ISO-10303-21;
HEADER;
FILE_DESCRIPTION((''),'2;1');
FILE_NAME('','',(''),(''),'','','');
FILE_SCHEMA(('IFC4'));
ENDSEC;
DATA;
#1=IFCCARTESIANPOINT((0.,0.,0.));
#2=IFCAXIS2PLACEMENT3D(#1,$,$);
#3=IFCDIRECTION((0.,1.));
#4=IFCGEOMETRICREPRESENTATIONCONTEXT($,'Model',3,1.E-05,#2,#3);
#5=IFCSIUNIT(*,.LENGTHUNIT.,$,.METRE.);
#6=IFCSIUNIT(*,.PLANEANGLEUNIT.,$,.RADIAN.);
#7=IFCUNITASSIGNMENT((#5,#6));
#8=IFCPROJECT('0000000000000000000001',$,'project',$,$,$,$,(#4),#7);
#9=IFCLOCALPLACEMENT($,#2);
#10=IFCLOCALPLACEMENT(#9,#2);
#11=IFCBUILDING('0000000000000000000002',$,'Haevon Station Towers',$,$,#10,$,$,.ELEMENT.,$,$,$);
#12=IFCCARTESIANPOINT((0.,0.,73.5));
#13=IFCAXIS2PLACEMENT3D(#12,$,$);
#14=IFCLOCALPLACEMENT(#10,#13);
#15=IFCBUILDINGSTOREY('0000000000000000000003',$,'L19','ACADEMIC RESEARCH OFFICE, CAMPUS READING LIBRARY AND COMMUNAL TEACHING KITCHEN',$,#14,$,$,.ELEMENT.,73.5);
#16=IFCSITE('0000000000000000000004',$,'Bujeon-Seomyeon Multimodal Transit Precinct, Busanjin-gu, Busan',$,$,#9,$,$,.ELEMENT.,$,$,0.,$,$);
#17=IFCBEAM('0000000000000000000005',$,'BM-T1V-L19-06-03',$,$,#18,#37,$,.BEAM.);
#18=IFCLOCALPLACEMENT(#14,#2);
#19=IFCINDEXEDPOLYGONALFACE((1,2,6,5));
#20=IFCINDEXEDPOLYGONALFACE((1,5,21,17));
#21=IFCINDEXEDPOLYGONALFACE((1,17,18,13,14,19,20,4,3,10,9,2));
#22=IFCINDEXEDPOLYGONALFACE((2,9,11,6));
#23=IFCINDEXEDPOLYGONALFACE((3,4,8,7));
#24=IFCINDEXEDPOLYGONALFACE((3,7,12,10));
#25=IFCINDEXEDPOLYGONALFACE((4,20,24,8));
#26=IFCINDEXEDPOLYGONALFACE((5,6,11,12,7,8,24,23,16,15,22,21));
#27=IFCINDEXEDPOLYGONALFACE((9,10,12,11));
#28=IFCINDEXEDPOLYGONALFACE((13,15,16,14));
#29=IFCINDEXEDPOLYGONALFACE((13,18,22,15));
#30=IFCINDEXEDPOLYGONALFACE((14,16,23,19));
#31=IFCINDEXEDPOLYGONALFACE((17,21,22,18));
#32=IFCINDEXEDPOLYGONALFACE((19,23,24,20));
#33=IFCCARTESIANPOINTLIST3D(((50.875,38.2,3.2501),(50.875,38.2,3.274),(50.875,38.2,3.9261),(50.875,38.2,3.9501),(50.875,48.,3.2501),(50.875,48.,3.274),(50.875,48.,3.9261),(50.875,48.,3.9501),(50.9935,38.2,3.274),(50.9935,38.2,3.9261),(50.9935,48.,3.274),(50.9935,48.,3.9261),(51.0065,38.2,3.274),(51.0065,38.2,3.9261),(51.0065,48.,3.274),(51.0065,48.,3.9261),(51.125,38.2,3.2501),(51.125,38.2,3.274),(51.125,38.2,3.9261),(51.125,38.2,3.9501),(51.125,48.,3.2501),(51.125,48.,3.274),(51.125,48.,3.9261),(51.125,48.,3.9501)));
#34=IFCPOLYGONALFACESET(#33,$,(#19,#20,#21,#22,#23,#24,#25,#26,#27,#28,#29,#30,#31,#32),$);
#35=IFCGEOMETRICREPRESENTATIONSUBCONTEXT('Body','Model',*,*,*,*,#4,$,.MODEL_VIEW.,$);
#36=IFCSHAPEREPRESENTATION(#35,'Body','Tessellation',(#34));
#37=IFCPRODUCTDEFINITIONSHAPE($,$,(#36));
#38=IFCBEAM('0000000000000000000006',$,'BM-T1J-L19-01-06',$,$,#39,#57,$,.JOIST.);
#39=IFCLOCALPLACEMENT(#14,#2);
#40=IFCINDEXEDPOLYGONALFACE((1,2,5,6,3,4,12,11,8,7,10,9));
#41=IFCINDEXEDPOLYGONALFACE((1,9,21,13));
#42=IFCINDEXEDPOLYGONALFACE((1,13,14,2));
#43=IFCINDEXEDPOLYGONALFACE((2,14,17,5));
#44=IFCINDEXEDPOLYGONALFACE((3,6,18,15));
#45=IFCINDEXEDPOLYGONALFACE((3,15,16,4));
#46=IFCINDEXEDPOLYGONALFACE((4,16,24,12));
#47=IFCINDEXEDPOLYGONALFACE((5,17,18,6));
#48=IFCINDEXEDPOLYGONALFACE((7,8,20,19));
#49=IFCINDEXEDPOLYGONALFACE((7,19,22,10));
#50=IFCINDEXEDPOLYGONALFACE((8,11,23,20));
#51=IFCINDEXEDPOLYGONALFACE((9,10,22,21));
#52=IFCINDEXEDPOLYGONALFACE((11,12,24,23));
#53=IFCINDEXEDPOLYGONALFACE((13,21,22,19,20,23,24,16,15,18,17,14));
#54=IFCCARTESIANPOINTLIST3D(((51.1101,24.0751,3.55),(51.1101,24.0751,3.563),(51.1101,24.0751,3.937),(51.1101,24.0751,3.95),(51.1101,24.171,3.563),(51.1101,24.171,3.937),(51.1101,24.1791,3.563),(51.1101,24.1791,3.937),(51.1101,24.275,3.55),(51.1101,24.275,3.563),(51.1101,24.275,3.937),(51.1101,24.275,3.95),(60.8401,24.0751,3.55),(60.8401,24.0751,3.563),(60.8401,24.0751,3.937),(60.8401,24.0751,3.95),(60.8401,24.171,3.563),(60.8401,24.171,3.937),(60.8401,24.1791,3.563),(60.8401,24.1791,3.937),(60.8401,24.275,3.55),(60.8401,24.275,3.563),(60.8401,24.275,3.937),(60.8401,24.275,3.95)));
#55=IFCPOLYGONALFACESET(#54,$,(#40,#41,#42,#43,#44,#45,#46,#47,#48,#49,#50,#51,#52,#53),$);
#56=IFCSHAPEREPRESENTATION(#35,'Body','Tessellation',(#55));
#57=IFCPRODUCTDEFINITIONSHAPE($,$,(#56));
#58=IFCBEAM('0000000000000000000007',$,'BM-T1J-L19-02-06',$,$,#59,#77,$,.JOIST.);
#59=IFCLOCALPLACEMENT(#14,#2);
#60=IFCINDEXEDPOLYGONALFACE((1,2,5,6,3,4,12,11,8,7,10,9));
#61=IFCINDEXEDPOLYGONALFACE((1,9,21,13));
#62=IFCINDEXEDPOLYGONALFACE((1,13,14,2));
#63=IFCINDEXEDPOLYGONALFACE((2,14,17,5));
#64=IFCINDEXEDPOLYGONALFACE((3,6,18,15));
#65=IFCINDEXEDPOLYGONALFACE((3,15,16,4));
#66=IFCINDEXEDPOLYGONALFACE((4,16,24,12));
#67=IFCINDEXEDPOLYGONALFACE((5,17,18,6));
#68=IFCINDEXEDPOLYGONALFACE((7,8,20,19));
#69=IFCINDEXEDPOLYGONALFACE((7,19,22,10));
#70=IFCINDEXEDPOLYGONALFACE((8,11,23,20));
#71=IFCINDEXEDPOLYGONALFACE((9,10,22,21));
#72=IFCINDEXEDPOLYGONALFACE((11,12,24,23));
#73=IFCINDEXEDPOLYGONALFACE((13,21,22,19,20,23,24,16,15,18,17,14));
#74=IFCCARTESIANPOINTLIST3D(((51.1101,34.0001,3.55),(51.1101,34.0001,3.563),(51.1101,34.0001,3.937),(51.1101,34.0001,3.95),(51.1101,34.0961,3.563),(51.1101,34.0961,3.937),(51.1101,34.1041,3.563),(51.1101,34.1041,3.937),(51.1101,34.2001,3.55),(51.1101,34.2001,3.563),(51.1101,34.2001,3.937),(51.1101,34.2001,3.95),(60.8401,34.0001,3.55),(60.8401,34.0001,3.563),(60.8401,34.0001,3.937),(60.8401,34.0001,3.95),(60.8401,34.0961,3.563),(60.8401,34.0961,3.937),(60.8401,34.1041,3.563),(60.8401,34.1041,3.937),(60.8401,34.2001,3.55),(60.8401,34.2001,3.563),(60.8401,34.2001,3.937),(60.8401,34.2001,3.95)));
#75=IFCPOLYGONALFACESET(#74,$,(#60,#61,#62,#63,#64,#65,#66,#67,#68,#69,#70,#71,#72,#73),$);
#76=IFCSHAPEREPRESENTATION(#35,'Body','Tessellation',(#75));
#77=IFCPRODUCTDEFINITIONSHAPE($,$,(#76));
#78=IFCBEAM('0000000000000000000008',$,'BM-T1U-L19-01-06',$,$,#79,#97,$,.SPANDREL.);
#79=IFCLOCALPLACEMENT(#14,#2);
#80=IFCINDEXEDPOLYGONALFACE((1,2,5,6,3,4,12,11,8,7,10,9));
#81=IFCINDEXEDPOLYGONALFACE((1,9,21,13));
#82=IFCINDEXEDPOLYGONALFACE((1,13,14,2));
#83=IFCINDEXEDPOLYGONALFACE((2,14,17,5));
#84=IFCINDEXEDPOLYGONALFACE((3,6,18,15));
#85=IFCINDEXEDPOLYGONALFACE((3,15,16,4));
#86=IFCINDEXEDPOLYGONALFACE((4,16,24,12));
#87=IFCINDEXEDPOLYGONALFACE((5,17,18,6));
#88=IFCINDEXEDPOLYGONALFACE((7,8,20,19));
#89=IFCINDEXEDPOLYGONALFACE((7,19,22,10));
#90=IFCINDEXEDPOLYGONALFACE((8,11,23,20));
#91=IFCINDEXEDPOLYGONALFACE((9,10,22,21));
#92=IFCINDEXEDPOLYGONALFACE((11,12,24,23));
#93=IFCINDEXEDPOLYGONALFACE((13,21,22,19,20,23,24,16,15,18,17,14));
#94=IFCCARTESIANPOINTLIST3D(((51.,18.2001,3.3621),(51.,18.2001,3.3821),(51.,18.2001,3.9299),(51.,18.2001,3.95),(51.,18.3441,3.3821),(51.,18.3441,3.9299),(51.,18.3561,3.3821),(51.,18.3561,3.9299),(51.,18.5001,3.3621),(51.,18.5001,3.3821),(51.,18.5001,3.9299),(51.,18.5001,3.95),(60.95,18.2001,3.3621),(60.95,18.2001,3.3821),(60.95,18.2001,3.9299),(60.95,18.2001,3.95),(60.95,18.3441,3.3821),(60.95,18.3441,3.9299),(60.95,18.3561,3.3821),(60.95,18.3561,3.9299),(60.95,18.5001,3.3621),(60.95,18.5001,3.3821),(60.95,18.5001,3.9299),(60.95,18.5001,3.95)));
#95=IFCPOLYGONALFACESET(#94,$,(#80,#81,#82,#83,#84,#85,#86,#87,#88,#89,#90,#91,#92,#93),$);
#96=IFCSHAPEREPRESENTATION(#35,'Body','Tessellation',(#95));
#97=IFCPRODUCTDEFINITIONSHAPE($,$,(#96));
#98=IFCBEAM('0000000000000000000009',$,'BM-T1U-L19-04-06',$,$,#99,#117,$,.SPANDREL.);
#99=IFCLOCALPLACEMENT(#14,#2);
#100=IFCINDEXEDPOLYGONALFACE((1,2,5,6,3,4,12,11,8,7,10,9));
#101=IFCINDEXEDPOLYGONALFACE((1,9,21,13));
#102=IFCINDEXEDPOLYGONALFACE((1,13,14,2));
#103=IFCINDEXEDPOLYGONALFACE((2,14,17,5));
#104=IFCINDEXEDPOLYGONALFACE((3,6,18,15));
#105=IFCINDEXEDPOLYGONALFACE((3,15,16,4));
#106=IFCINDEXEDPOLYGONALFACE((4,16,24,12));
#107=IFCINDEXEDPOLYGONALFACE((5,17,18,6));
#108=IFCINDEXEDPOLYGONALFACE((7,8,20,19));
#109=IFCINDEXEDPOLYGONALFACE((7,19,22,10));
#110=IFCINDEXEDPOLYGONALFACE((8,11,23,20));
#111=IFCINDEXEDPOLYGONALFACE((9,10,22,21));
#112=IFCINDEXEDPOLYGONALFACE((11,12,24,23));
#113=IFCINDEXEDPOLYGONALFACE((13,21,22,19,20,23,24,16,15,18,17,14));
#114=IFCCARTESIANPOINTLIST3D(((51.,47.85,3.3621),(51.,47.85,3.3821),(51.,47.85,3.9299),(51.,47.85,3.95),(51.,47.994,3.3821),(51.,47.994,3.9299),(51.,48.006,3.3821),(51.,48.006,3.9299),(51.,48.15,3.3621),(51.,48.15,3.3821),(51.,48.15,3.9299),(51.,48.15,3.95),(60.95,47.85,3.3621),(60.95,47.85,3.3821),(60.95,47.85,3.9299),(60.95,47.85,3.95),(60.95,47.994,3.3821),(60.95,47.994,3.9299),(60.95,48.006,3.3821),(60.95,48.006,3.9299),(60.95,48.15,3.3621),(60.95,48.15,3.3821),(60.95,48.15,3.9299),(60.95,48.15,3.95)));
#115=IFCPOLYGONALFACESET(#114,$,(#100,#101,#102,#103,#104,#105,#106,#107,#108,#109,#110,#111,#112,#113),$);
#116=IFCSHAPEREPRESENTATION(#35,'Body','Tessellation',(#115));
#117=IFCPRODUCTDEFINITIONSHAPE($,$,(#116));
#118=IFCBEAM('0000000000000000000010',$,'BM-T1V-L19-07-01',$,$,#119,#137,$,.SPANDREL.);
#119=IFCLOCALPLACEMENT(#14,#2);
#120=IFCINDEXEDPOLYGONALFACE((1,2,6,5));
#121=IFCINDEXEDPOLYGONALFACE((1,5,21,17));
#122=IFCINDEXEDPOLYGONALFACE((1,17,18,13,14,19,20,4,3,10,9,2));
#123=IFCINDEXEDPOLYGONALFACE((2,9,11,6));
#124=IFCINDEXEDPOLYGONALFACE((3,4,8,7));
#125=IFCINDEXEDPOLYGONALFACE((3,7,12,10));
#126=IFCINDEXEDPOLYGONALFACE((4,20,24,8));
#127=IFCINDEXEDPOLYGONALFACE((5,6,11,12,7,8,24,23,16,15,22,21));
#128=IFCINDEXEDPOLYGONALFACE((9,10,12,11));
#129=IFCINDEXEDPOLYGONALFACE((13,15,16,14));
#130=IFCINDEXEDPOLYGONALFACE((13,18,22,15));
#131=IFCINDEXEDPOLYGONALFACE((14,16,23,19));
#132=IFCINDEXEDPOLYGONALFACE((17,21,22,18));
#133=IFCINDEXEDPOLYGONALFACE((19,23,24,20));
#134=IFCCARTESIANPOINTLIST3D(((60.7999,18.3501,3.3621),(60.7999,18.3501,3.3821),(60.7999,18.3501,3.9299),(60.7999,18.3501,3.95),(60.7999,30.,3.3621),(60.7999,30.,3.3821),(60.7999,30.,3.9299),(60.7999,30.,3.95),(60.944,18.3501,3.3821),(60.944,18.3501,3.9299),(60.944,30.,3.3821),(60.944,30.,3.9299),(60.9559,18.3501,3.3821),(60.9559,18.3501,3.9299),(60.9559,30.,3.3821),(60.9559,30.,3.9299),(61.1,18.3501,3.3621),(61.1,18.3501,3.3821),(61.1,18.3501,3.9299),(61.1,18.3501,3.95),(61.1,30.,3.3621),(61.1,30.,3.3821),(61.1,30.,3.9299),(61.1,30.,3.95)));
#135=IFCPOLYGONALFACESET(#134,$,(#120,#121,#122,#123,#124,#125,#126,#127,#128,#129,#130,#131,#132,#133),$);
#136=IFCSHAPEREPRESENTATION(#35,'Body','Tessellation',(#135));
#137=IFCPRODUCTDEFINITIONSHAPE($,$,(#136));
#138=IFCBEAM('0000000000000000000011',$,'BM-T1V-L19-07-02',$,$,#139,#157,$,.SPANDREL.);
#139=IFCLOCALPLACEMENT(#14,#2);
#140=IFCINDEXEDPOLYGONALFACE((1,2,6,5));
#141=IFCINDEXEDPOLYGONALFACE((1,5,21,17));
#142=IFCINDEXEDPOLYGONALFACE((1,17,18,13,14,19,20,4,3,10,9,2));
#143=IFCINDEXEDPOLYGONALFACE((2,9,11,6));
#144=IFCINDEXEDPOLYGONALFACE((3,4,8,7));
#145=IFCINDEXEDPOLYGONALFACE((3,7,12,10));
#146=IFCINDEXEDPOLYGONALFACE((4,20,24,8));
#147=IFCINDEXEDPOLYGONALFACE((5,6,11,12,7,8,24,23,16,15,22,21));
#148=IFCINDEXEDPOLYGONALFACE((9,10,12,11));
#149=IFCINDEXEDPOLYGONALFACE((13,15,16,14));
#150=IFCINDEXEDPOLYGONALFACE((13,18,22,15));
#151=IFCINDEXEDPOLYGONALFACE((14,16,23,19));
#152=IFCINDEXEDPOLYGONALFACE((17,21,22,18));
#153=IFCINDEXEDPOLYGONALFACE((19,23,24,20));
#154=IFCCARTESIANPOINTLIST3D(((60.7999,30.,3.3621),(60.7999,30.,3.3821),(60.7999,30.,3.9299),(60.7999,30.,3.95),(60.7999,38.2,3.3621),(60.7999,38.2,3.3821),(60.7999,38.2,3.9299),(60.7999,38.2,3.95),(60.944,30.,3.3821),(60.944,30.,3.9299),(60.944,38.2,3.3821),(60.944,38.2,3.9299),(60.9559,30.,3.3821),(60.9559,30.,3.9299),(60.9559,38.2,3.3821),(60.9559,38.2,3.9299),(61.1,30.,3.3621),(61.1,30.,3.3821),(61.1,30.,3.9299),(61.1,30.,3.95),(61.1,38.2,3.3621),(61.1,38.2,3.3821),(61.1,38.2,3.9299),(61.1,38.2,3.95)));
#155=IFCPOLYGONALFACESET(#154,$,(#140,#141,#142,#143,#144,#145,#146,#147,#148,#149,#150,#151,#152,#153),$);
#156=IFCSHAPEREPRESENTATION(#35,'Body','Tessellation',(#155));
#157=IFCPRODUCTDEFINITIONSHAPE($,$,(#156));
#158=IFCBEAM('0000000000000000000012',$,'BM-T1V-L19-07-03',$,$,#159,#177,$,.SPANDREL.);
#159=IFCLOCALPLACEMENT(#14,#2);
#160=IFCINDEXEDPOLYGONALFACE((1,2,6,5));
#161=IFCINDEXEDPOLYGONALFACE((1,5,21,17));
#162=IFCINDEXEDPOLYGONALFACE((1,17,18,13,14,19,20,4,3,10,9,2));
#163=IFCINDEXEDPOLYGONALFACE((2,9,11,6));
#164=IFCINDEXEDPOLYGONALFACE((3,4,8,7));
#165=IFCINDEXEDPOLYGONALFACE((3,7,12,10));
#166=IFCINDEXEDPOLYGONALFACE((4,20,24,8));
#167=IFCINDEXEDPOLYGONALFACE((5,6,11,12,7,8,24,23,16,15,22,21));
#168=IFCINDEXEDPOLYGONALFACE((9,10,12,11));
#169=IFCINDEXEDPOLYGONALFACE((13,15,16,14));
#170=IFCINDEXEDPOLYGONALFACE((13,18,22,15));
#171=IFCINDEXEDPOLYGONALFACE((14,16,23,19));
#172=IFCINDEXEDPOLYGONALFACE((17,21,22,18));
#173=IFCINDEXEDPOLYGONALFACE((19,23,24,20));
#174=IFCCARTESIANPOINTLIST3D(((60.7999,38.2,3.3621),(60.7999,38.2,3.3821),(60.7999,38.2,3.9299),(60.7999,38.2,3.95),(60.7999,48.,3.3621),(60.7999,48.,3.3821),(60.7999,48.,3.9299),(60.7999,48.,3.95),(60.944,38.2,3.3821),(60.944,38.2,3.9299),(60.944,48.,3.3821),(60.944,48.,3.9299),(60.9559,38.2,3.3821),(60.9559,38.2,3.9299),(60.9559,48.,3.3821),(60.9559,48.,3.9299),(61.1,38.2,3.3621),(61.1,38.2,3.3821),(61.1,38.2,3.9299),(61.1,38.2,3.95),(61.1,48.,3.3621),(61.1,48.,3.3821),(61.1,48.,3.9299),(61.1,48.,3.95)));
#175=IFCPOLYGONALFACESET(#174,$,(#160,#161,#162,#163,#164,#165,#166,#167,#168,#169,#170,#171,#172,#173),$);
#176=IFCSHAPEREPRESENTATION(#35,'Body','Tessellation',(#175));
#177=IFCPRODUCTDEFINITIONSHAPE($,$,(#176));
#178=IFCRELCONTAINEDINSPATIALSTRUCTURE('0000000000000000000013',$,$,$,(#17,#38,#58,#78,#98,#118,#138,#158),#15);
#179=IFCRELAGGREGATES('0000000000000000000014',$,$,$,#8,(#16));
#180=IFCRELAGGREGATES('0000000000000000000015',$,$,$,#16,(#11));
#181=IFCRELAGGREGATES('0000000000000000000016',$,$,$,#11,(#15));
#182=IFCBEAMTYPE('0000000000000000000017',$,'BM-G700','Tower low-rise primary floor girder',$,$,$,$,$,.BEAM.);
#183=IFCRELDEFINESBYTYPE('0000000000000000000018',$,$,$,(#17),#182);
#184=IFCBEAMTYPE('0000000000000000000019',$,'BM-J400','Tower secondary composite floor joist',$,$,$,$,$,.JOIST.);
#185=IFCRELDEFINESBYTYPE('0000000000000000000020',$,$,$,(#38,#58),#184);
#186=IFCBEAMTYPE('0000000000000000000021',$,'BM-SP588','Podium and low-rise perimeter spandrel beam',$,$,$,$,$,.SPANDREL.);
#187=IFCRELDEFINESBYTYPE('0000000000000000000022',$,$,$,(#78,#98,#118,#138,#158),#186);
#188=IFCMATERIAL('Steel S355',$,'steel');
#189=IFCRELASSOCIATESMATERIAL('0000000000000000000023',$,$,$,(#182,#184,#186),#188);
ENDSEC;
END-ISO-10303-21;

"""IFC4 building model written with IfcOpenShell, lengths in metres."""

from ifc_helpers import new_model, si_unit, direction, frame, origin, origin_2d, place, context, subcontext, project, spatial, i_section, extrude, material, material_profile, profile_set, type_object, element, save


model = new_model("IFC4")

# Units and contexts
model_context = context("Model", 3, precision=1e-05, world=origin(), true_north=direction((0.0, 1.0)))
body_context = subcontext(model_context, "Body", "Model", "MODEL_VIEW")
ifc_project = project(units=[si_unit("LENGTHUNIT", "METRE"), si_unit("PLANEANGLEUNIT", "RADIAN")], contexts=[model_context])

# Site, building, storey
site_placement = place(None, origin())
site = spatial("IfcSite", under=ifc_project, at=site_placement, Name="Bujeon-Seomyeon Multimodal Transit Precinct, Busanjin-gu, Busan", CompositionType="ELEMENT", RefElevation=0.0)
building_placement = place(site_placement, origin())
building = spatial("IfcBuilding", under=site, at=building_placement, Name="Haevon Station Towers", CompositionType="ELEMENT")
storey_placement = place(building_placement, frame((0.0, 0.0, 73.5)))
storey = spatial("IfcBuildingStorey", under=building, at=storey_placement, Name="L19", Description="ACADEMIC RESEARCH OFFICE, CAMPUS READING LIBRARY AND COMMUNAL TEACHING KITCHEN", CompositionType="ELEMENT", Elevation=73.5)

# Beams
ifc_material_1 = material(Name="Steel S355", Category="steel")
ifc_material_profile_1 = material_profile(ifc_material_1, i_section(OverallWidth=0.25, OverallDepth=0.7, WebThickness=0.0129, FlangeThickness=0.0239, at=origin_2d()), Name="H-700x250x13x24")
ifc_profile_set_1 = profile_set([ifc_material_profile_1], Name="Steel S355")
beam_type_1 = type_object("IfcBeamType", Name="BM-G700", Description="Tower low-rise primary floor girder", PredefinedType="BEAM", material=ifc_profile_set_1)
beam_1_placement = place(storey_placement, frame((51.0, 38.2, 3.6001), z_axis=(0.0, 1.0, 0.0), x_axis=(-1.0, 0.0, 0.0)))
element("IfcBeam", 1, at=beam_1_placement, inside=storey, type_object=beam_type_1, Name="BM-T1V-L19-06-03", PredefinedType="BEAM", context=body_context, shape_type="SweptSolid", body=[
    extrude(i_section(OverallWidth=0.25, OverallDepth=0.7, WebThickness=0.0129, FlangeThickness=0.0239, at=origin_2d()), origin(), (0.0, 0.0, 1.0), 9.8),
])
ifc_material_profile_2 = material_profile(ifc_material_1, i_section(OverallWidth=0.2, OverallDepth=0.3999, WebThickness=0.0081, FlangeThickness=0.0129, at=origin_2d()), Name="H-400x200x8x13")
ifc_profile_set_2 = profile_set([ifc_material_profile_2], Name="Steel S355")
beam_type_2 = type_object("IfcBeamType", Name="BM-J400", Description="Tower secondary composite floor joist", PredefinedType="JOIST", material=ifc_profile_set_2)
for number, where, z_axis, x_axis, name in (
    (2, (51.1101, 24.175, 3.75), (1.0, 0.0, 0.0), (0.0, 1.0, 0.0), "BM-T1J-L19-01-06"),
    (3, (51.1101, 34.1001, 3.75), (1.0, 0.0, 0.0), (0.0, 1.0, 0.0), "BM-T1J-L19-02-06"),
):
    element("IfcBeam", number, at=place(storey_placement, frame(where, z_axis=z_axis, x_axis=x_axis)), inside=storey, type_object=beam_type_2, Name=name, PredefinedType="JOIST", context=body_context, shape_type="SweptSolid", body=[
        extrude(i_section(OverallWidth=0.2, OverallDepth=0.3999, WebThickness=0.0081, FlangeThickness=0.0129, at=origin_2d()), origin(), (0.0, 0.0, 1.0), 9.73),
    ])
ifc_material_profile_3 = material_profile(ifc_material_1, i_section(OverallWidth=0.3, OverallDepth=0.5879, WebThickness=0.012, FlangeThickness=0.02, at=origin_2d()), Name="H-588x300x12x20")
ifc_profile_set_3 = profile_set([ifc_material_profile_3], Name="Steel S355")
beam_type_3 = type_object("IfcBeamType", Name="BM-SP588", Description="Podium and low-rise perimeter spandrel beam", PredefinedType="SPANDREL", material=ifc_profile_set_3)
for number, where, z_axis, x_axis, name in (
    (4, (51.0, 18.3501, 3.656), (1.0, 0.0, 0.0), (0.0, 1.0, 0.0), "BM-T1U-L19-01-06"),
    (5, (51.0, 48.0, 3.656), (1.0, 0.0, 0.0), (0.0, 1.0, 0.0), "BM-T1U-L19-04-06"),
):
    element("IfcBeam", number, at=place(storey_placement, frame(where, z_axis=z_axis, x_axis=x_axis)), inside=storey, type_object=beam_type_3, Name=name, PredefinedType="SPANDREL", context=body_context, shape_type="SweptSolid", body=[
        extrude(i_section(OverallWidth=0.3, OverallDepth=0.5879, WebThickness=0.012, FlangeThickness=0.02, at=origin_2d()), origin(), (0.0, 0.0, 1.0), 9.95),
    ])
beam_2_placement = place(storey_placement, frame((60.95, 18.3501, 3.656), z_axis=(0.0, 1.0, 0.0), x_axis=(-1.0, 0.0, 0.0)))
element("IfcBeam", 6, at=beam_2_placement, inside=storey, type_object=beam_type_3, Name="BM-T1V-L19-07-01", PredefinedType="SPANDREL", context=body_context, shape_type="SweptSolid", body=[
    extrude(i_section(OverallWidth=0.3, OverallDepth=0.5879, WebThickness=0.012, FlangeThickness=0.02, at=origin_2d()), origin(), (0.0, 0.0, 1.0), 11.6499),
])
beam_3_placement = place(storey_placement, frame((60.95, 30.0, 3.656), z_axis=(0.0, 1.0, 0.0), x_axis=(-1.0, 0.0, 0.0)))
element("IfcBeam", 7, at=beam_3_placement, inside=storey, type_object=beam_type_3, Name="BM-T1V-L19-07-02", PredefinedType="SPANDREL", context=body_context, shape_type="SweptSolid", body=[
    extrude(i_section(OverallWidth=0.3, OverallDepth=0.5879, WebThickness=0.012, FlangeThickness=0.02, at=origin_2d()), origin(), (0.0, 0.0, 1.0), 8.2),
])
beam_4_placement = place(storey_placement, frame((60.95, 38.2, 3.656), z_axis=(0.0, 1.0, 0.0), x_axis=(-1.0, 0.0, 0.0)))
element("IfcBeam", 8, at=beam_4_placement, inside=storey, type_object=beam_type_3, Name="BM-T1V-L19-07-03", PredefinedType="SPANDREL", context=body_context, shape_type="SweptSolid", body=[
    extrude(i_section(OverallWidth=0.3, OverallDepth=0.5879, WebThickness=0.012, FlangeThickness=0.02, at=origin_2d()), origin(), (0.0, 0.0, 1.0), 9.8),
])

save(model, "model.ifc")
